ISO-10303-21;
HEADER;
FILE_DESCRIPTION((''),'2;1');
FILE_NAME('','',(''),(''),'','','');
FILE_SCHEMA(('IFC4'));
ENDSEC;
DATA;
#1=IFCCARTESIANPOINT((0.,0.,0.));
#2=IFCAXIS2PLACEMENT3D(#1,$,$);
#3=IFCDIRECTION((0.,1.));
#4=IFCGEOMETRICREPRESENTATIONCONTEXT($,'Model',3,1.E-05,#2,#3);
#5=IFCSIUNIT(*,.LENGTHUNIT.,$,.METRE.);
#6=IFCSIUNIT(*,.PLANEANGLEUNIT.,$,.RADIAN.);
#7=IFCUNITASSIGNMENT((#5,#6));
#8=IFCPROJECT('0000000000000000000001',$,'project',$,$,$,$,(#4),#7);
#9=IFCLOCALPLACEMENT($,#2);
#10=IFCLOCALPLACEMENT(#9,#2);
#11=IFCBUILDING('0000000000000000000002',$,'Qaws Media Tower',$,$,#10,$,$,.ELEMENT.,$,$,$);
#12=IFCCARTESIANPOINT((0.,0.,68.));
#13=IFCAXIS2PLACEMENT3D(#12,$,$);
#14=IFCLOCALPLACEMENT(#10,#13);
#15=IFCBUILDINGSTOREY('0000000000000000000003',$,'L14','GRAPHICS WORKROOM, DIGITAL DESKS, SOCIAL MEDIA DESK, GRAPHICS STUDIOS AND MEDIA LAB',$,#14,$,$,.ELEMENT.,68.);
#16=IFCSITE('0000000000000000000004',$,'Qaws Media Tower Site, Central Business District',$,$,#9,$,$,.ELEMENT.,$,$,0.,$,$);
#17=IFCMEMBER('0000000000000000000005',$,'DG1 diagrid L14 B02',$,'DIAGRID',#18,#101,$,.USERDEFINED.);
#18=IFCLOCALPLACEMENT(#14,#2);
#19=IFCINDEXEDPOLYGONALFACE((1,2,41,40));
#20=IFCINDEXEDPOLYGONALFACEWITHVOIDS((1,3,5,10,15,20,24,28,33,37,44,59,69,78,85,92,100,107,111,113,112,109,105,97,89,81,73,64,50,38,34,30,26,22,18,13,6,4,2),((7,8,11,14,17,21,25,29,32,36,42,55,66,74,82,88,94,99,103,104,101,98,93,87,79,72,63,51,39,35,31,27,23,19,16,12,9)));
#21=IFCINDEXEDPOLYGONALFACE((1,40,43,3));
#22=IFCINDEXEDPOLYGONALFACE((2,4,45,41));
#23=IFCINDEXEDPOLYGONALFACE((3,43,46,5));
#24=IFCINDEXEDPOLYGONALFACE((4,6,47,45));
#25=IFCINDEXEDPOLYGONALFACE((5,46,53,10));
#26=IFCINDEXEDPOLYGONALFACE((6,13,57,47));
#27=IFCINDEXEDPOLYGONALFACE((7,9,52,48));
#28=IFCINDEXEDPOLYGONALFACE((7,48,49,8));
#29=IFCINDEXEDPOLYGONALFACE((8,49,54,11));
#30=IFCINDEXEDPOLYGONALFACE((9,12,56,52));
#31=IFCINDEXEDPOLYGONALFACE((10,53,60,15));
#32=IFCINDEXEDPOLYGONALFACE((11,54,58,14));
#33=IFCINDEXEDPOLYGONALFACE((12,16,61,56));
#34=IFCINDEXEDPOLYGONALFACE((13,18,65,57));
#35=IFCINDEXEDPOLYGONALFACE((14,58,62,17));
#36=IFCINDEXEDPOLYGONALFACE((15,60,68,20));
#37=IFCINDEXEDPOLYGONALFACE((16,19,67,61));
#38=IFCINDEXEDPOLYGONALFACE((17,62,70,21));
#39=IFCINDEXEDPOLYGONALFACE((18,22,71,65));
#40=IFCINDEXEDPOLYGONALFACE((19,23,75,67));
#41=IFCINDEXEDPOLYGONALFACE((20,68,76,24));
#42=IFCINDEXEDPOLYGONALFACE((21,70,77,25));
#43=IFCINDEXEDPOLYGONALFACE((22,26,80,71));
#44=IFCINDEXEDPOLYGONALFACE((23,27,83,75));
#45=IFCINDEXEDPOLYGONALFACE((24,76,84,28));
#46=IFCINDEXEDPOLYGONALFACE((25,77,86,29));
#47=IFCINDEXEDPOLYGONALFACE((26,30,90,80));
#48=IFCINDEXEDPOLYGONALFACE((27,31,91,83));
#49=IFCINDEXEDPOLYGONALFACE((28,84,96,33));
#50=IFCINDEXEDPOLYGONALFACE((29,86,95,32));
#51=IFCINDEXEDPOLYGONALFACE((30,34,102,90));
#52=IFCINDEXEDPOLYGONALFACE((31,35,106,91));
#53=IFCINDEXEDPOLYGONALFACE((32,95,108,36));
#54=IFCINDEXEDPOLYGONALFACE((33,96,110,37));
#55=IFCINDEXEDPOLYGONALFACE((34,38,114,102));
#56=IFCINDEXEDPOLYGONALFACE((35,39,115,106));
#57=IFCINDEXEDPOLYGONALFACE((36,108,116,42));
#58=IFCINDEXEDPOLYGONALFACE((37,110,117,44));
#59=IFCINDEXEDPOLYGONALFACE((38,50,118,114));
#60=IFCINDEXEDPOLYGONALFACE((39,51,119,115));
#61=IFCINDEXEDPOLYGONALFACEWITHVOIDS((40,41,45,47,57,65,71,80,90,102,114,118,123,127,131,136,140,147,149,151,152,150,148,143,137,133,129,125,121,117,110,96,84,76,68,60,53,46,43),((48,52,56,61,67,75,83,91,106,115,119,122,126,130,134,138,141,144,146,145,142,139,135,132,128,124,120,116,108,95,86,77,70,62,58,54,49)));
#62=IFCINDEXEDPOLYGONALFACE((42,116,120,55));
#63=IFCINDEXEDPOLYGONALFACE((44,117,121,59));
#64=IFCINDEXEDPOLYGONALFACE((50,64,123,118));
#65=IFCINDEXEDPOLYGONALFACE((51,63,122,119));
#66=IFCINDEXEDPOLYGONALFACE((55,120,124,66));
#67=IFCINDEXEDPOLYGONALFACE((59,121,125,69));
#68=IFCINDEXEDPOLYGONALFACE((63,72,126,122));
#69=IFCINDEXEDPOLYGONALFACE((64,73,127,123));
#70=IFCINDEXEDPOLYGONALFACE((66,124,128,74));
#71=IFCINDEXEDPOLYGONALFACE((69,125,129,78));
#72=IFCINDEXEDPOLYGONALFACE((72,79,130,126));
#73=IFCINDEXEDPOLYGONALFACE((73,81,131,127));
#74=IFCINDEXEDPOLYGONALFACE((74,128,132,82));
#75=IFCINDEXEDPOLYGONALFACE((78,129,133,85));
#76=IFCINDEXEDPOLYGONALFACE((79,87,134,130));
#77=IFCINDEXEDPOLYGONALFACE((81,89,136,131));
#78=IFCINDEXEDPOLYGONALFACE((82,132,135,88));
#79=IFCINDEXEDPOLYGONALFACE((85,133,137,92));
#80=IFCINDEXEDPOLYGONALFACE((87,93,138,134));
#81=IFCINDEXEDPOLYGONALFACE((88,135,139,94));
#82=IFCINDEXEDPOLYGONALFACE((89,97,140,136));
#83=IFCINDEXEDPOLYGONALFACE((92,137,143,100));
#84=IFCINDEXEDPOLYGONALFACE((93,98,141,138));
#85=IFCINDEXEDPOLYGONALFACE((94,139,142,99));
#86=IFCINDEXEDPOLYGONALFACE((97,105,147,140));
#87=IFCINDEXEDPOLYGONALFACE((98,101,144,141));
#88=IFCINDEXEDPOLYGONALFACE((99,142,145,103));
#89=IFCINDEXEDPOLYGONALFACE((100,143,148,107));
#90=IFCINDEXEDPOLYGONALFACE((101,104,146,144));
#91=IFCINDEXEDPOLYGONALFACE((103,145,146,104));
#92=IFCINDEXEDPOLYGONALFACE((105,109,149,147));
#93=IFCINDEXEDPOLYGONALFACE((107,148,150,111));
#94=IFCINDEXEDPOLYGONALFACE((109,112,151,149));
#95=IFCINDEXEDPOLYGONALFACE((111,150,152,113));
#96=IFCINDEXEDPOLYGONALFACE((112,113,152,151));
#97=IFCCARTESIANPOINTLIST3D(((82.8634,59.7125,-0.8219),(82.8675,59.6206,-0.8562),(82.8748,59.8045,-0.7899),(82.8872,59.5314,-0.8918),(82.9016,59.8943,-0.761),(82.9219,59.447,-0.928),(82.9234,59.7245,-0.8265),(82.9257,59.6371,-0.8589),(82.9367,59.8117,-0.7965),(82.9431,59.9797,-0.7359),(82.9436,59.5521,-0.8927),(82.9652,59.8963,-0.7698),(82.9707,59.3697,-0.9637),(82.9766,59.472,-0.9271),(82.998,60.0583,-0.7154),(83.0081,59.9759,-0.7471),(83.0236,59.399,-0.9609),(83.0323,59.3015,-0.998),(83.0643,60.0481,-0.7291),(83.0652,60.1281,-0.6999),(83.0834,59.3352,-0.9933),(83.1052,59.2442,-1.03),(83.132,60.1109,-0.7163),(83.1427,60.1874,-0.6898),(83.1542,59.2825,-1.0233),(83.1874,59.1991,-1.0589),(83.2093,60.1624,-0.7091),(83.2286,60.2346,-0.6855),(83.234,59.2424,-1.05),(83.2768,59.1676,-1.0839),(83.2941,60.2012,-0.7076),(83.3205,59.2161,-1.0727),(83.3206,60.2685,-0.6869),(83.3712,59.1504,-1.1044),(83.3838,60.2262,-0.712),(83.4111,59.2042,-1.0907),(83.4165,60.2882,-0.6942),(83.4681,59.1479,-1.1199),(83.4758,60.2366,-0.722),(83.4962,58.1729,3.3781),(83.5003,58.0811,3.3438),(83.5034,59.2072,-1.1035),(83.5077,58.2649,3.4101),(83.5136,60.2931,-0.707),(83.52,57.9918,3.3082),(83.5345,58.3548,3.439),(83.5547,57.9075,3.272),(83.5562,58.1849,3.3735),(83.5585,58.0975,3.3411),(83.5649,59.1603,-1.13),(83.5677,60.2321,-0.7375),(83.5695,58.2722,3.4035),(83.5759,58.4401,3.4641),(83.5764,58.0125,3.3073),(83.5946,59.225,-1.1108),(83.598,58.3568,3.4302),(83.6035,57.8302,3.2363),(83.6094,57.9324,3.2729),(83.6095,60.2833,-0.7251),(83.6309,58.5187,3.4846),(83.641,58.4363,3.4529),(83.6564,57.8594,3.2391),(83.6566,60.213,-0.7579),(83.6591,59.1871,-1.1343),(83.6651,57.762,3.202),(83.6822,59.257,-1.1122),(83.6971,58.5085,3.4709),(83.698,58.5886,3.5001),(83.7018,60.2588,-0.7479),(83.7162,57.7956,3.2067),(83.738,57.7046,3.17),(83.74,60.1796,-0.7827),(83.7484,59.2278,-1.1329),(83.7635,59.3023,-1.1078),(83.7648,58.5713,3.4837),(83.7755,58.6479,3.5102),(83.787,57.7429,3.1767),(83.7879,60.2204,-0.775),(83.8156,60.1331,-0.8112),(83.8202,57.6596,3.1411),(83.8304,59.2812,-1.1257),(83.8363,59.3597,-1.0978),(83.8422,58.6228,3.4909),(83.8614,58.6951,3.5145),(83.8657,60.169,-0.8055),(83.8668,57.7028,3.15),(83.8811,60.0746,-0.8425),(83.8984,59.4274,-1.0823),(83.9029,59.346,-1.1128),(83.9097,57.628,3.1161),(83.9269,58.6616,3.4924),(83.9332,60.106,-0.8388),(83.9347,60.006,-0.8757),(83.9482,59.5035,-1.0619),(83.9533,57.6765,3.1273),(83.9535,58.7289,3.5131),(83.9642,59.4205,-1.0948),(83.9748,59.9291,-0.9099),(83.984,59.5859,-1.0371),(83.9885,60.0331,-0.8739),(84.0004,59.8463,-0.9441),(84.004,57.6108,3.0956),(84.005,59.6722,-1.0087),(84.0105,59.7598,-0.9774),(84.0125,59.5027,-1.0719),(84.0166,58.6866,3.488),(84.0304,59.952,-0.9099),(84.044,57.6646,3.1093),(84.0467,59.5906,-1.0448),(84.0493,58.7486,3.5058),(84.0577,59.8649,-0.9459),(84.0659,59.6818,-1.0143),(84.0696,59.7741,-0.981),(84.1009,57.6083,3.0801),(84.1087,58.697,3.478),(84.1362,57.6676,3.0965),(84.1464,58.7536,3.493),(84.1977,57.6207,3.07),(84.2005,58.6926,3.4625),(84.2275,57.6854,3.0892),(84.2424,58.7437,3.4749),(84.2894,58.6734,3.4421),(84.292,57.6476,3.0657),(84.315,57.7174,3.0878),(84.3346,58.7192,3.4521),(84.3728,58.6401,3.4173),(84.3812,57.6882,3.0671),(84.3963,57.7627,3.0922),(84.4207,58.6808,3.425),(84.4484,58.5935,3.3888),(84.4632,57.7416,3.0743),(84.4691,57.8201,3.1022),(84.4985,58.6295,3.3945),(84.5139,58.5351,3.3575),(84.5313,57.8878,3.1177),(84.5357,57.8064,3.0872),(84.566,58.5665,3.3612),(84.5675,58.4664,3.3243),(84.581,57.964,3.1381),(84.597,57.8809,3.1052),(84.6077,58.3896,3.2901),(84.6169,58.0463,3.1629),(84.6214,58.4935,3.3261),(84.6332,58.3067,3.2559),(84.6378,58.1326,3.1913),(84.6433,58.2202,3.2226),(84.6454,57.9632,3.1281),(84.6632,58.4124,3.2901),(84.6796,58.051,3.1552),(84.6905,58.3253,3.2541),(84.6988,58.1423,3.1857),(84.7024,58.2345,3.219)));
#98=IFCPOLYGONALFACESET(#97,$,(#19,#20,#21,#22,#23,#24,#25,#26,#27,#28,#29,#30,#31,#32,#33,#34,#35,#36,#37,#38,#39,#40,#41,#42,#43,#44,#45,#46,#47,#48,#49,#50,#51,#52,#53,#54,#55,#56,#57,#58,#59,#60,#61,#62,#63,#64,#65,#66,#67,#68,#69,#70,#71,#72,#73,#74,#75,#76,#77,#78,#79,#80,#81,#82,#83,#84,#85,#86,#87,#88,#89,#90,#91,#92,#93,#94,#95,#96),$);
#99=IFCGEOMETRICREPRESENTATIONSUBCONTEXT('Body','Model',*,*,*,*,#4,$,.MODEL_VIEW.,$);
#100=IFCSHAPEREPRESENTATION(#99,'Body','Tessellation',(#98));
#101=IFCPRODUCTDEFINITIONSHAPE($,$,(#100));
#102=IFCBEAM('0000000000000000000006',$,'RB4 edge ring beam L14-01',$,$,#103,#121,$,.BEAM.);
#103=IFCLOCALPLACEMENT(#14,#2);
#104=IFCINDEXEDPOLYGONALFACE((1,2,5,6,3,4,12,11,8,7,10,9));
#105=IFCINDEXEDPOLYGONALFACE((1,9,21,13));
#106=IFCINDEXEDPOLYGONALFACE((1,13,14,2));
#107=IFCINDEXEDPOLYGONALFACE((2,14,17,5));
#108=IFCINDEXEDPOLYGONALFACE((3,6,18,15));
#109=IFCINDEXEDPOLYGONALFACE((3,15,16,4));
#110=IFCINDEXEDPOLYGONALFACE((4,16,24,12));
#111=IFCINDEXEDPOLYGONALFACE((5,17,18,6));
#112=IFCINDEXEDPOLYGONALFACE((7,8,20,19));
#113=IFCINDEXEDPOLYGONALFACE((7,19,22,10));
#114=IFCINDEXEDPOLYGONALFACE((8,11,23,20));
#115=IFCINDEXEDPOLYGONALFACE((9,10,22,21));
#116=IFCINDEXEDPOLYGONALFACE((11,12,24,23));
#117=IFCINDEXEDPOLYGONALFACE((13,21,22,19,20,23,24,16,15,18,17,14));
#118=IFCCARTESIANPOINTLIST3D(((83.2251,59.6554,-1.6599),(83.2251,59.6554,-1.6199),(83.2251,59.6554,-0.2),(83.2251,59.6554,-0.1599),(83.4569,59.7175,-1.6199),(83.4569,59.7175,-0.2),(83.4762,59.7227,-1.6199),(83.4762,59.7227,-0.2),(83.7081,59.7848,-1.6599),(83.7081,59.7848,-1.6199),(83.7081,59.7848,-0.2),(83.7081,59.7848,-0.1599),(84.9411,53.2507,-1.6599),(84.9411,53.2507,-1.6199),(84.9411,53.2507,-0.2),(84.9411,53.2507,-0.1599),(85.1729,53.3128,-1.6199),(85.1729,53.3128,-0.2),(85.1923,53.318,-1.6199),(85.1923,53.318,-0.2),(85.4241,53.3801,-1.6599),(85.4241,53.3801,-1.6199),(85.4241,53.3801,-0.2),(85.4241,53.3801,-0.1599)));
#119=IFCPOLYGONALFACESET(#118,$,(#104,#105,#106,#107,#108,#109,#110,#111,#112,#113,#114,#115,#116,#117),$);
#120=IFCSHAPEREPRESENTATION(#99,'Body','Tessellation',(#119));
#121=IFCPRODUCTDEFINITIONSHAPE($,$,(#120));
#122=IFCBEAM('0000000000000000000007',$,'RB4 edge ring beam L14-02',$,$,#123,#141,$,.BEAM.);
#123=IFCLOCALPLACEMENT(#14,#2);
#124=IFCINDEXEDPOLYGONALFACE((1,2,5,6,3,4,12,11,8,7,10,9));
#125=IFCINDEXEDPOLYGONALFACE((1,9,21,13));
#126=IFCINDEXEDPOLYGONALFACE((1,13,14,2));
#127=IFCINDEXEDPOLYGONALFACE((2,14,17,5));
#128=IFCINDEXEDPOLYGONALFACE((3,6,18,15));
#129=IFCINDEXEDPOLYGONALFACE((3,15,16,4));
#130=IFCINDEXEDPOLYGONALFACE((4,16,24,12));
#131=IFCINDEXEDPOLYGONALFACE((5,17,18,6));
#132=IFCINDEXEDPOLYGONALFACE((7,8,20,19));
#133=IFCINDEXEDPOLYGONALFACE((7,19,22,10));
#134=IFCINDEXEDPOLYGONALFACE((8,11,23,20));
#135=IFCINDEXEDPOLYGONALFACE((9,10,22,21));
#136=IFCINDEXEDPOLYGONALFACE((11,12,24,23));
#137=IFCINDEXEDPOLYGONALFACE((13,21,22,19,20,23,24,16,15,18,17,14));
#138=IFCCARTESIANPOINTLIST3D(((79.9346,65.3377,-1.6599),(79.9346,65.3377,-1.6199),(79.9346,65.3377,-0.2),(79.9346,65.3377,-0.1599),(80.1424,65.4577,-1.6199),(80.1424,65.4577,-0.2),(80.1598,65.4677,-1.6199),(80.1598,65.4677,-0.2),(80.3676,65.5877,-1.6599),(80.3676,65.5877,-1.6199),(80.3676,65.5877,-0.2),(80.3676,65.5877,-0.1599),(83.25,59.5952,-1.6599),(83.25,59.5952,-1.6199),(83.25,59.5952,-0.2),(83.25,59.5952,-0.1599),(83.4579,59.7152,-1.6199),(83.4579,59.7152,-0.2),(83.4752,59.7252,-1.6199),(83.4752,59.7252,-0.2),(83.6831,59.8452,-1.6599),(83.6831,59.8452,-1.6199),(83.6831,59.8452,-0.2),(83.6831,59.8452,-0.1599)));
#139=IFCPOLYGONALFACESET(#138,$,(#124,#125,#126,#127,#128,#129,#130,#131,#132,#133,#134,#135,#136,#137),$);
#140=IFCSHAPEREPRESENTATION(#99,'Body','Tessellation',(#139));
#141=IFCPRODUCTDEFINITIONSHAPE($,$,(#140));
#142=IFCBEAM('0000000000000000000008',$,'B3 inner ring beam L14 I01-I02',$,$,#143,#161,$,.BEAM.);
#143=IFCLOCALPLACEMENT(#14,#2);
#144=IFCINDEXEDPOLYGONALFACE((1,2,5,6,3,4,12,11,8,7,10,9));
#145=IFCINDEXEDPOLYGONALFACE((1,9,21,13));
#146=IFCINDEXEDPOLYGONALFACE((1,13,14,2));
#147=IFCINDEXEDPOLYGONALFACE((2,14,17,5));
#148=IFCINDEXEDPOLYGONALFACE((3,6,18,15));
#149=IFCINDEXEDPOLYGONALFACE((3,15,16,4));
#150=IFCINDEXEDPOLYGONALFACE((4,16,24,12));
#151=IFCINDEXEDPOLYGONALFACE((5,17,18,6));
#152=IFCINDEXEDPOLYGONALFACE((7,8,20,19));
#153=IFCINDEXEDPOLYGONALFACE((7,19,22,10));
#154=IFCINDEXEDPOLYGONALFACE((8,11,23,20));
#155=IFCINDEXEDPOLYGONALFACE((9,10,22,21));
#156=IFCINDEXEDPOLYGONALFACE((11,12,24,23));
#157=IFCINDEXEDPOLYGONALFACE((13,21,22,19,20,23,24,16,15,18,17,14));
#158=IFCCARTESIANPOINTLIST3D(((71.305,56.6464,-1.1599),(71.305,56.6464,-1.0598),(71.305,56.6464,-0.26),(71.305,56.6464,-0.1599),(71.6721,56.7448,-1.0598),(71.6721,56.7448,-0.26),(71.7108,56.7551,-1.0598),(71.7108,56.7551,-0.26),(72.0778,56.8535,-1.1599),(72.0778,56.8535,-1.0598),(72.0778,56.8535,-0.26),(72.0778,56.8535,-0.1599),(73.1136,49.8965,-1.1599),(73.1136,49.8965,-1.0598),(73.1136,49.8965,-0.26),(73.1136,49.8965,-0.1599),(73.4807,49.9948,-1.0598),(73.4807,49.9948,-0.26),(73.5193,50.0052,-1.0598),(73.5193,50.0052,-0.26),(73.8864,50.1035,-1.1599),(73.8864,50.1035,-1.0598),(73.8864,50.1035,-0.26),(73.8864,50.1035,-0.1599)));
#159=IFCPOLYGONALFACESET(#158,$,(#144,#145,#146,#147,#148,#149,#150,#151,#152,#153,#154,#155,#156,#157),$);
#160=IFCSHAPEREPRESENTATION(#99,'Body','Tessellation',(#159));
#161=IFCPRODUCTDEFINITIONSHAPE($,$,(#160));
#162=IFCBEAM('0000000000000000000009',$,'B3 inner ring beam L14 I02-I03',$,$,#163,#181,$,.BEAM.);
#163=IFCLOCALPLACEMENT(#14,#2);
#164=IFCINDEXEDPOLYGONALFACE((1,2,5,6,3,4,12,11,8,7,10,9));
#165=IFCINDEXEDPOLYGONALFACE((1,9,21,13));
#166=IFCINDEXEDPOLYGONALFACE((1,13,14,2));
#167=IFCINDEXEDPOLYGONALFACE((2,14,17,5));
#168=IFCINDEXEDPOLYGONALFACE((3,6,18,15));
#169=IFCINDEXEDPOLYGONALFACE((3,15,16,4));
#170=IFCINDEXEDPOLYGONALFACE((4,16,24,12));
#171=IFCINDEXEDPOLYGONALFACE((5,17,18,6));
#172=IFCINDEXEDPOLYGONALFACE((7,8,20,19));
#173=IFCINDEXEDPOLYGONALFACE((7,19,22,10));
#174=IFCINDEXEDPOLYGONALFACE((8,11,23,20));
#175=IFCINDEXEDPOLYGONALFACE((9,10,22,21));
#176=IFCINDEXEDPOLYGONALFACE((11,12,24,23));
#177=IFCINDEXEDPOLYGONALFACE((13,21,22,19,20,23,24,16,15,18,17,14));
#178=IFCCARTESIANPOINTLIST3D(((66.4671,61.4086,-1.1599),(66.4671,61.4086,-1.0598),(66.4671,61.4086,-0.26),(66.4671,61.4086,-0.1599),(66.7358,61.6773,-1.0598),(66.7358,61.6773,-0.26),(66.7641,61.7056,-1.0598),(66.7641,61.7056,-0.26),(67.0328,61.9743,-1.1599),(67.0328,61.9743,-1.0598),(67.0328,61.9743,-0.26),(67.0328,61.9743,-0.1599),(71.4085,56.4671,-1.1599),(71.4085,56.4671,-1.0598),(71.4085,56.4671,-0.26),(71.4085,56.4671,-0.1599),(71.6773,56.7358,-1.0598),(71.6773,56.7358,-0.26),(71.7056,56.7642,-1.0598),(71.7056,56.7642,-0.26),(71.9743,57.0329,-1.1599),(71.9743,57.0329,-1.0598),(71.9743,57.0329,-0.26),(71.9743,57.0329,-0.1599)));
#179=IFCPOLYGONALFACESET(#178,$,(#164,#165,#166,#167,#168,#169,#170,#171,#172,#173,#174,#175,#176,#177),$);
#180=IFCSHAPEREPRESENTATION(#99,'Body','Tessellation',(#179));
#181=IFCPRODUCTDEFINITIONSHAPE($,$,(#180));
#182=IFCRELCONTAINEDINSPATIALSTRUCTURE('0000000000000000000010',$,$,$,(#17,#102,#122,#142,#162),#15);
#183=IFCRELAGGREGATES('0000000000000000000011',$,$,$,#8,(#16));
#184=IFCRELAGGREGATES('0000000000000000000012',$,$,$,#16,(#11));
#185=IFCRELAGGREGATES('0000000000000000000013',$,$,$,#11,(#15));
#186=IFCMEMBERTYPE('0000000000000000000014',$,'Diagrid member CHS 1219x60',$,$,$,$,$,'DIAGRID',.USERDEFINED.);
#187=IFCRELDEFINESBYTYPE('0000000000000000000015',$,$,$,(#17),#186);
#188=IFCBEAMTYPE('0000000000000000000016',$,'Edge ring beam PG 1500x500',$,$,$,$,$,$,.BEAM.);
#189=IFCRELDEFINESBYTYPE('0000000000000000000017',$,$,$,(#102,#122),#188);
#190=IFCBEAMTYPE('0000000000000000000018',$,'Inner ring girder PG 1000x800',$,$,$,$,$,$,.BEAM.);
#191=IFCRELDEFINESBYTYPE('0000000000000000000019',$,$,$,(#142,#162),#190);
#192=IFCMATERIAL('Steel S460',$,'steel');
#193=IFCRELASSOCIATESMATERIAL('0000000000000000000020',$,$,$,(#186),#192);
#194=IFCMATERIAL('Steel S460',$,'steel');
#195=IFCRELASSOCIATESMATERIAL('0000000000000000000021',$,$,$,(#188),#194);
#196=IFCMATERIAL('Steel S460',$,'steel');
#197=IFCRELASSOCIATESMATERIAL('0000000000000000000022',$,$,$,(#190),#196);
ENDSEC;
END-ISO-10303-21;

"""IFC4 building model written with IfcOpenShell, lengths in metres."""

from ifc_helpers import new_model, si_unit, direction, frame, origin, origin_2d, place, context, subcontext, project, spatial, hollow_circle, i_section, extrude, material, material_profile, profile_set, type_object, element, save


model = new_model("IFC4")

# Units and contexts
model_context = context("Model", 3, precision=1e-05, world=origin(), true_north=direction((0.0, 1.0)))
body_context = subcontext(model_context, "Body", "Model", "MODEL_VIEW")
ifc_project = project(units=[si_unit("LENGTHUNIT", "METRE"), si_unit("PLANEANGLEUNIT", "RADIAN")], contexts=[model_context])

# Site, building, storey
site_placement = place(None, origin())
site = spatial("IfcSite", under=ifc_project, at=site_placement, Name="Qaws Media Tower Site, Central Business District", CompositionType="ELEMENT", RefElevation=0.0)
building_placement = place(site_placement, origin())
building = spatial("IfcBuilding", under=site, at=building_placement, Name="Qaws Media Tower", CompositionType="ELEMENT")
storey_placement = place(building_placement, frame((0.0, 0.0, 68.0)))
storey = spatial("IfcBuildingStorey", under=building, at=storey_placement, Name="L14", Description="GRAPHICS WORKROOM, DIGITAL DESKS, SOCIAL MEDIA DESK, GRAPHICS STUDIOS AND MEDIA LAB", CompositionType="ELEMENT", Elevation=68.0)

# Member
ifc_material_1 = material(Name="Steel S460", Category="steel")
ifc_material_profile_1 = material_profile(ifc_material_1, hollow_circle(Radius=0.6096, WallThickness=0.0601, at=origin_2d()), Name="CHS 1219x60")
ifc_profile_set_1 = profile_set([ifc_material_profile_1], Name="Steel S460")
member_type_1 = type_object("IfcMemberType", Name="Diagrid member CHS 1219x60", ElementType="DIAGRID", PredefinedType="USERDEFINED", material=ifc_profile_set_1)
for number, where, z_axis, x_axis, name in (
    (1, (83.4666, 59.7202, -0.9099), (0.140072, -0.340777, 0.929651), (0.924915, 0.380174, 0.0), "DG1 diagrid L14 B02"),
):
    element("IfcMember", number, at=place(storey_placement, frame(where, z_axis=z_axis, x_axis=x_axis)), inside=storey, type_object=member_type_1, Name=name, ObjectType="DIAGRID", PredefinedType="USERDEFINED", context=body_context, shape_type="SweptSolid", body=[
        extrude(hollow_circle(Radius=0.6096, WallThickness=0.0601, at=origin_2d()), origin(), (0.0, 0.0, 1.0), 4.5178),
    ])

# Beams
ifc_material_2 = material(Name="Steel S460", Category="steel")
ifc_material_profile_2 = material_profile(ifc_material_2, i_section(OverallWidth=0.5, OverallDepth=1.5, WebThickness=0.02, FlangeThickness=0.04, at=origin_2d()), Name="PG 1500x500")
ifc_profile_set_2 = profile_set([ifc_material_profile_2], Name="Steel S460")
beam_type_1 = type_object("IfcBeamType", Name="Edge ring beam PG 1500x500", PredefinedType="BEAM", material=ifc_profile_set_2)
beam_1_placement = place(storey_placement, frame((85.1826, 53.3154, -0.9099), z_axis=(-0.258806, 0.965929, 0.0), x_axis=(-0.965929, -0.258806, 0.0)))
element("IfcBeam", 2, at=beam_1_placement, inside=storey, type_object=beam_type_1, Name="RB4 edge ring beam L14-01", PredefinedType="BEAM", context=body_context, shape_type="SweptSolid", body=[
    extrude(i_section(OverallWidth=0.5, OverallDepth=1.5, WebThickness=0.02, FlangeThickness=0.04, at=origin_2d()), origin(), (0.0, 0.0, 1.0), 6.6306),
])
beam_2_placement = place(storey_placement, frame((83.4666, 59.7202, -0.9099), z_axis=(-0.500004, 0.866023, 0.0), x_axis=(-0.866023, -0.500004, 0.0)))
element("IfcBeam", 3, at=beam_2_placement, inside=storey, type_object=beam_type_1, Name="RB4 edge ring beam L14-02", PredefinedType="BEAM", context=body_context, shape_type="SweptSolid", body=[
    extrude(i_section(OverallWidth=0.5, OverallDepth=1.5, WebThickness=0.02, FlangeThickness=0.04, at=origin_2d()), origin(), (0.0, 0.0, 1.0), 6.6309),
])
ifc_material_3 = material(Name="Steel S460", Category="steel")
ifc_material_profile_3 = material_profile(ifc_material_3, i_section(OverallWidth=0.8, OverallDepth=1.0, WebThickness=0.04, FlangeThickness=0.1001, at=origin_2d()), Name="PG 1000x800")
ifc_profile_set_3 = profile_set([ifc_material_profile_3], Name="Steel S460")
beam_type_2 = type_object("IfcBeamType", Name="Inner ring girder PG 1000x800", PredefinedType="BEAM", material=ifc_profile_set_3)
beam_3_placement = place(storey_placement, frame((73.5, 50.0, -0.6599), z_axis=(-0.258811, 0.965928, 0.0), x_axis=(-0.965928, -0.258811, 0.0)))
element("IfcBeam", 4, at=beam_3_placement, inside=storey, type_object=beam_type_2, Name="B3 inner ring beam L14 I01-I02", PredefinedType="BEAM", context=body_context, shape_type="SweptSolid", body=[
    extrude(i_section(OverallWidth=0.8, OverallDepth=1.0, WebThickness=0.04, FlangeThickness=0.1001, at=origin_2d()), origin(), (0.0, 0.0, 1.0), 6.988),
])
beam_4_placement = place(storey_placement, frame((71.6914, 56.75, -0.6599), z_axis=(-0.707107, 0.707107, 0.0), x_axis=(-0.707107, -0.707107, 0.0)))
element("IfcBeam", 5, at=beam_4_placement, inside=storey, type_object=beam_type_2, Name="B3 inner ring beam L14 I02-I03", PredefinedType="BEAM", context=body_context, shape_type="SweptSolid", body=[
    extrude(i_section(OverallWidth=0.8, OverallDepth=1.0, WebThickness=0.04, FlangeThickness=0.1001, at=origin_2d()), origin(), (0.0, 0.0, 1.0), 6.9883),
])

save(model, "model.ifc")
